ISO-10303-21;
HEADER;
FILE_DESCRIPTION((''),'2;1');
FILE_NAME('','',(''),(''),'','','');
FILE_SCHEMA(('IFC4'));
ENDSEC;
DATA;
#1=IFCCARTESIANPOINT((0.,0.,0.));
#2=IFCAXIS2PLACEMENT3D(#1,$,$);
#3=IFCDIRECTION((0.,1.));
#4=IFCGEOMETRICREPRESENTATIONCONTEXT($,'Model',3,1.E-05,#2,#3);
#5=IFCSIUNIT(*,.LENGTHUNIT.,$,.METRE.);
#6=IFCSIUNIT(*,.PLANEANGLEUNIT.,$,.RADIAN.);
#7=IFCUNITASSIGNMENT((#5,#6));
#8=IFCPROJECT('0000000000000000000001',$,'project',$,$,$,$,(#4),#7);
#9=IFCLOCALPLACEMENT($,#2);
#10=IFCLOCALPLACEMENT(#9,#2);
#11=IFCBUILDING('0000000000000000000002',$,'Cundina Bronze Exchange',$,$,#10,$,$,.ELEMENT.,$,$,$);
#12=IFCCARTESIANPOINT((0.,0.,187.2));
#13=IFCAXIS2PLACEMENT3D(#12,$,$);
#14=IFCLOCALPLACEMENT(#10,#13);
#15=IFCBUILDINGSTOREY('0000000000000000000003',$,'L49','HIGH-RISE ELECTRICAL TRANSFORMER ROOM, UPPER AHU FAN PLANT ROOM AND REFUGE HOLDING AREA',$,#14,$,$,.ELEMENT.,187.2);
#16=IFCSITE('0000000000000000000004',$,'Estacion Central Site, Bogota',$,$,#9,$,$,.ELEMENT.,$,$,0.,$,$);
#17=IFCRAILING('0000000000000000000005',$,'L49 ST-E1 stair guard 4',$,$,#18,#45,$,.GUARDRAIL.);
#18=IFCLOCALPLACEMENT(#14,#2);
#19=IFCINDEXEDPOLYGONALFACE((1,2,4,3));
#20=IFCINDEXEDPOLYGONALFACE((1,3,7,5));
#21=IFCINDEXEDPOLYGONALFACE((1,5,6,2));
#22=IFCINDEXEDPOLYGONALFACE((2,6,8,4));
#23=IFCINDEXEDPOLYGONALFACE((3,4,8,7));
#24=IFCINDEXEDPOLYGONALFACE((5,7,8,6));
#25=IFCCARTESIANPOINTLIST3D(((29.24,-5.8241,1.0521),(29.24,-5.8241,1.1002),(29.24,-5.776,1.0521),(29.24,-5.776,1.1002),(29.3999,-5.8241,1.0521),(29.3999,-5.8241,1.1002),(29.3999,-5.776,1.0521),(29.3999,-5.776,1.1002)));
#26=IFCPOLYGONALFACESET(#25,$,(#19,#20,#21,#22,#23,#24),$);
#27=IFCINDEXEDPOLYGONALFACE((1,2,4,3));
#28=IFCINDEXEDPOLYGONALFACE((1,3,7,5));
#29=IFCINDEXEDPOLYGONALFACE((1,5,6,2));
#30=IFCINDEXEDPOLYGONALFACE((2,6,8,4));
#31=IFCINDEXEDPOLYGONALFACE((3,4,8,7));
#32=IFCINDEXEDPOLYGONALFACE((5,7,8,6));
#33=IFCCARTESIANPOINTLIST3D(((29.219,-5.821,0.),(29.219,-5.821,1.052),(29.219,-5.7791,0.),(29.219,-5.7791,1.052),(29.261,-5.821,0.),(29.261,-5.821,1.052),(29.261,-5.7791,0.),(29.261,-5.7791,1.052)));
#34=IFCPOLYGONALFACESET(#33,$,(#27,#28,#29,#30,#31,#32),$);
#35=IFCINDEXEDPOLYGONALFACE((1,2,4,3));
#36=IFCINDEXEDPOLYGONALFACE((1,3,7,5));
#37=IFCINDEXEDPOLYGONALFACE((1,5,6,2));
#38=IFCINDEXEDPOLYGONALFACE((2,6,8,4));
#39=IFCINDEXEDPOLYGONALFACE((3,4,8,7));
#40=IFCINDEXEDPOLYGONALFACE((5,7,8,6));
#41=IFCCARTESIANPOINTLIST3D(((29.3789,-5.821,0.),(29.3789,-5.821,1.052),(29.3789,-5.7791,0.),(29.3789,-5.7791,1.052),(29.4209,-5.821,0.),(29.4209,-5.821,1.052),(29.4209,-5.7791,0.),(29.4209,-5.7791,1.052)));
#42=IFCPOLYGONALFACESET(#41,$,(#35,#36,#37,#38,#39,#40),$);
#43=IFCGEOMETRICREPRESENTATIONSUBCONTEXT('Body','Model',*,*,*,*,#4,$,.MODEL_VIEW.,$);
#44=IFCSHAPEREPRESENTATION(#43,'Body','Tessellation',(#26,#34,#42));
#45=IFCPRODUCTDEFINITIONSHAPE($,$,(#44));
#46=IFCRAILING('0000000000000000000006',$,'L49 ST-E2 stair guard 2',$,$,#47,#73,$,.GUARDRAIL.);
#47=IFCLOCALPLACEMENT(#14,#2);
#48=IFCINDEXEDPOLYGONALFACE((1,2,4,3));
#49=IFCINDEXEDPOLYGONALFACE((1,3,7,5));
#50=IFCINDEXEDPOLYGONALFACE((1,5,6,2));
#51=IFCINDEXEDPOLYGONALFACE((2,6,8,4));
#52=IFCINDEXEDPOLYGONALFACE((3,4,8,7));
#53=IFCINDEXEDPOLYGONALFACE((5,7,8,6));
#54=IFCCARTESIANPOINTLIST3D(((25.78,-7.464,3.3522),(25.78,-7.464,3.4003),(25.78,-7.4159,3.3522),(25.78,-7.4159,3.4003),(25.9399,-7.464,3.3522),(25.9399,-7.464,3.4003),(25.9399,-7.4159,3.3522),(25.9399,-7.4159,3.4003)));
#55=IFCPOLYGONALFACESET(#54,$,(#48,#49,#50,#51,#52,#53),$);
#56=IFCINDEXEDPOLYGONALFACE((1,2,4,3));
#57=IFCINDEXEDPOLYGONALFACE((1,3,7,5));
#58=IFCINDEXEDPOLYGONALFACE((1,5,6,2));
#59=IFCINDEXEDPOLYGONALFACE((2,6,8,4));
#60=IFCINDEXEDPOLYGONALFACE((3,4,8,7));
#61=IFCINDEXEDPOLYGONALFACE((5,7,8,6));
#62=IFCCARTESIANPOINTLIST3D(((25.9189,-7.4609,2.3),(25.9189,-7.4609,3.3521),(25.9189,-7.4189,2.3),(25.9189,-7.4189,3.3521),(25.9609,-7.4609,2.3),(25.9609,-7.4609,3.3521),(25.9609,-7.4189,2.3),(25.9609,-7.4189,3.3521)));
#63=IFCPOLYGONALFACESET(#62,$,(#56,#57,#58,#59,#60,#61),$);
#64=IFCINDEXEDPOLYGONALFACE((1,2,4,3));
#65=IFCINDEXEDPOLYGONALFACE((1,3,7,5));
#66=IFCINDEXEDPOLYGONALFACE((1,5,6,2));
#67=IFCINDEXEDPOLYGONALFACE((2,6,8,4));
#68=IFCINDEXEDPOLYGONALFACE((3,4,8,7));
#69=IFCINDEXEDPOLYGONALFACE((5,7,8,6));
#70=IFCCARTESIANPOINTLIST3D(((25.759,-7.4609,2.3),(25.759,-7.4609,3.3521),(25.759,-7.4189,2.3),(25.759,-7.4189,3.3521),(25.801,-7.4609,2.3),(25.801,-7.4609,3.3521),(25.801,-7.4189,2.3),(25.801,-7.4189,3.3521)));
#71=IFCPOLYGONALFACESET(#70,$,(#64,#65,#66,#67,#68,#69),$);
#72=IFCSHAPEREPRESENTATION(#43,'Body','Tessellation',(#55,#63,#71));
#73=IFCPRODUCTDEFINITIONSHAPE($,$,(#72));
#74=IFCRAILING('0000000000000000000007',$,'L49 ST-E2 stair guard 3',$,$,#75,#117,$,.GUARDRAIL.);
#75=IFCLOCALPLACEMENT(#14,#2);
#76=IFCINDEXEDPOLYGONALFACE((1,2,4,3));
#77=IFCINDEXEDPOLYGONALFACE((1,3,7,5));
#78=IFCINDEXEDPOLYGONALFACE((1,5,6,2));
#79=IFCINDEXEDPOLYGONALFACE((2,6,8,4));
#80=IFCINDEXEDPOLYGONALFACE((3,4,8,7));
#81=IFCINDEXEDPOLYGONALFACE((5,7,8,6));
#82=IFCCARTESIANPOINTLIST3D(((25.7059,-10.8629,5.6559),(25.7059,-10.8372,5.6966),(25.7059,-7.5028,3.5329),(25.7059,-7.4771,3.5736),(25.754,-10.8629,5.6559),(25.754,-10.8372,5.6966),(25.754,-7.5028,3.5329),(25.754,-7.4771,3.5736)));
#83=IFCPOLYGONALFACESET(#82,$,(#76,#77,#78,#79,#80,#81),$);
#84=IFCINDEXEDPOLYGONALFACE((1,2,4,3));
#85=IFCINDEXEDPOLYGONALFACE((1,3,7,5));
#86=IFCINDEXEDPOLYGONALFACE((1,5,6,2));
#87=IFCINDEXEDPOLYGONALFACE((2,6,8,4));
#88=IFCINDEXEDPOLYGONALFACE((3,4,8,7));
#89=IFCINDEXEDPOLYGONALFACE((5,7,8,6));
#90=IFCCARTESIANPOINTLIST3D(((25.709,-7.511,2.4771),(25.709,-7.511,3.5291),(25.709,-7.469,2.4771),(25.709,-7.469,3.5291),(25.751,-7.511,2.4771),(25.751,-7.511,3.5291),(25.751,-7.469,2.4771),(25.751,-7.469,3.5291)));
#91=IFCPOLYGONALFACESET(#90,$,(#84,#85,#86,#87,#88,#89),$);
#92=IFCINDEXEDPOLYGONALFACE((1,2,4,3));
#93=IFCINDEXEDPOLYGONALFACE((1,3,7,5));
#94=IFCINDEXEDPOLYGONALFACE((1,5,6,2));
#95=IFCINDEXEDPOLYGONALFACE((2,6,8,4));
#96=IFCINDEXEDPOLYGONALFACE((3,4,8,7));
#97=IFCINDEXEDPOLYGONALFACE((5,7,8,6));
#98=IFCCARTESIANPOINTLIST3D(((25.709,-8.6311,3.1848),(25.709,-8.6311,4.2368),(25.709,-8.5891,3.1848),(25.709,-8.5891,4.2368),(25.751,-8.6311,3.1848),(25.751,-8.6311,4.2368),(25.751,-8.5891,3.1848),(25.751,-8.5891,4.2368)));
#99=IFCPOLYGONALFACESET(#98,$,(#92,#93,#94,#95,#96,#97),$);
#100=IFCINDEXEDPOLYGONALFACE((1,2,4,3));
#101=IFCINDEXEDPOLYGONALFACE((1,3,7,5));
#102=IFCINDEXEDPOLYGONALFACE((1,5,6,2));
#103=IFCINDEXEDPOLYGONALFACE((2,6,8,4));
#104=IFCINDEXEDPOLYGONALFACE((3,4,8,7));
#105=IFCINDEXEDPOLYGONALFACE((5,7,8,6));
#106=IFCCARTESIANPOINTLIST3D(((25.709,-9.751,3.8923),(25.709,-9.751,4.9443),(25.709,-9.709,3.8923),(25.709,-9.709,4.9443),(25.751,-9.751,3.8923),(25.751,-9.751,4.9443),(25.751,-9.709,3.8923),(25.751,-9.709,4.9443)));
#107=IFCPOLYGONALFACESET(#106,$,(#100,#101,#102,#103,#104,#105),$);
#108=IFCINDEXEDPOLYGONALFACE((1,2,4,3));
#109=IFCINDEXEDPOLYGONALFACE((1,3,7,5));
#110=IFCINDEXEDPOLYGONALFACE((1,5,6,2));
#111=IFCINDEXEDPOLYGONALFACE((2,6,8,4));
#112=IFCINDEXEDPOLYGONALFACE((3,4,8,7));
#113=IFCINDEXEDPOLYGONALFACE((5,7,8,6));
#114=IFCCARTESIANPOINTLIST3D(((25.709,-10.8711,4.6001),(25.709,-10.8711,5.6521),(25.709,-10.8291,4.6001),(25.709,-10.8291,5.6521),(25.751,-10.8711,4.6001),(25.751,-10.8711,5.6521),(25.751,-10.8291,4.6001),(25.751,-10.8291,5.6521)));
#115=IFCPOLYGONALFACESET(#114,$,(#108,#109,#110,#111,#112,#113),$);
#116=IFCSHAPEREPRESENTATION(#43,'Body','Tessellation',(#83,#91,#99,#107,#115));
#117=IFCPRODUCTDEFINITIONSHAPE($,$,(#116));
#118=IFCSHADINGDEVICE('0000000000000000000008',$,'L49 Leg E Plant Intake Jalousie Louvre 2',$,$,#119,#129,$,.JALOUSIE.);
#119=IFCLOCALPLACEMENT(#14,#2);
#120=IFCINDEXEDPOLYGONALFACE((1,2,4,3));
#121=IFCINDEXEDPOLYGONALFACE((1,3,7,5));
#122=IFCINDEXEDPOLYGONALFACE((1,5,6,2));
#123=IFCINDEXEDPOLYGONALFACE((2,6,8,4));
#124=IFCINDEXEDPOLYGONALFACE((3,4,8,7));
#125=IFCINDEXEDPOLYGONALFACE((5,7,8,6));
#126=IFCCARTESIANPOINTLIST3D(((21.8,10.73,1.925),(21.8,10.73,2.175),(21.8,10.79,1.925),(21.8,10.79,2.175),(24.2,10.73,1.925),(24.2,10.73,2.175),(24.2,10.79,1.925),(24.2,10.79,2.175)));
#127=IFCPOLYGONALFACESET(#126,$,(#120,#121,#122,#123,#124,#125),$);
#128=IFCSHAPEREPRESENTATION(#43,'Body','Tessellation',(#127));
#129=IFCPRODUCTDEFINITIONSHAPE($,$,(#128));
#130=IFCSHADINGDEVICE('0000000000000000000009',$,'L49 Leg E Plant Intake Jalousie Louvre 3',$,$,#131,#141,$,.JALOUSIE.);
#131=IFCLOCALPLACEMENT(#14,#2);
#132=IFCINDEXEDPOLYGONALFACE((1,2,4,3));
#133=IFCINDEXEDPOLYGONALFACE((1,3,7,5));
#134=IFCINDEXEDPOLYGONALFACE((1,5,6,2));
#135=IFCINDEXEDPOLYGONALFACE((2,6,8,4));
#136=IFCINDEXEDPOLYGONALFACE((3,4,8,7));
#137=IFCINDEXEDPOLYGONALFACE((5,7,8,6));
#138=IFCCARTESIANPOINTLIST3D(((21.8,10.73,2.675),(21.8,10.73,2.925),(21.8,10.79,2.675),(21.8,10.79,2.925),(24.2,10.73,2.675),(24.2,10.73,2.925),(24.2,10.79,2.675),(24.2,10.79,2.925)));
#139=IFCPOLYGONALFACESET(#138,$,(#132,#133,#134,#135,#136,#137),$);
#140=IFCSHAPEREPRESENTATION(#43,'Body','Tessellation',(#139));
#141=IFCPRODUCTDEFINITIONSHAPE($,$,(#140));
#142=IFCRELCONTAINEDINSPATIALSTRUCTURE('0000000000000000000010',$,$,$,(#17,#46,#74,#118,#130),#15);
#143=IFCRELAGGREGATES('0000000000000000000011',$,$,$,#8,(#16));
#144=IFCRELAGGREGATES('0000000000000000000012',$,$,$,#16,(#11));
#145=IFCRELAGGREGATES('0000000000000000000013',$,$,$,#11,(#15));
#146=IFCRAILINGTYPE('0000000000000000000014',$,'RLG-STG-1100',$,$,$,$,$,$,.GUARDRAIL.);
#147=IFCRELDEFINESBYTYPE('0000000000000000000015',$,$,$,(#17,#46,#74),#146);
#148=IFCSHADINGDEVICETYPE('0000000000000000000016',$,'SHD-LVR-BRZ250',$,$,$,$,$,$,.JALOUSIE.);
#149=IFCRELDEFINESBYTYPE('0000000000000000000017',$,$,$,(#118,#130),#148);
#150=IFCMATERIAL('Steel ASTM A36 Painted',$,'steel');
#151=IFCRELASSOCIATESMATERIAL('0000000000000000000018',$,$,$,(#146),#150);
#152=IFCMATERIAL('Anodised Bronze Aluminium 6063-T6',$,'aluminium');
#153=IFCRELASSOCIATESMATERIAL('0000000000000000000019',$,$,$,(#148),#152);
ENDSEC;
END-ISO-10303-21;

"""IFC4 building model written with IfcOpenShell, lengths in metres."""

from ifc_helpers import new_model, si_unit, direction, frame, origin, origin_2d, place, context, subcontext, project, spatial, rectangle, extrude, material, material_profile, profile_set, type_object, element, save


model = new_model("IFC4")

# Units and contexts
model_context = context("Model", 3, precision=1e-05, world=origin(), true_north=direction((0.0, 1.0)))
body_context = subcontext(model_context, "Body", "Model", "MODEL_VIEW")
ifc_project = project(units=[si_unit("LENGTHUNIT", "METRE"), si_unit("PLANEANGLEUNIT", "RADIAN")], contexts=[model_context])

# Site, building, storey
site_placement = place(None, origin())
site = spatial("IfcSite", under=ifc_project, at=site_placement, Name="Estacion Central Site, Bogota", CompositionType="ELEMENT", RefElevation=0.0)
building_placement = place(site_placement, origin())
building = spatial("IfcBuilding", under=site, at=building_placement, Name="Cundina Bronze Exchange", CompositionType="ELEMENT")
storey_placement = place(building_placement, frame((0.0, 0.0, 187.2)))
storey = spatial("IfcBuildingStorey", under=building, at=storey_placement, Name="L49", Description="HIGH-RISE ELECTRICAL TRANSFORMER ROOM, UPPER AHU FAN PLANT ROOM AND REFUGE HOLDING AREA", CompositionType="ELEMENT", Elevation=187.2)

# Shared definitions
ifc_material_1 = material(Name="Steel ASTM A36 Painted", Category="steel")

# Railings
ifc_material_2 = material(Name="Anodised Bronze Aluminium 6063-T6", Category="aluminium")
railing_type_1 = type_object("IfcRailingType", Name="RLG-STG-1100", PredefinedType="GUARDRAIL", material=ifc_material_1)
railing_1_placement = place(storey_placement, frame((29.24, -5.8, 0.0)))
element("IfcRailing", 1, at=railing_1_placement, inside=storey, type_object=railing_type_1, Name="L49 ST-E1 stair guard 4", PredefinedType="GUARDRAIL", context=body_context, shape_type="SweptSolid", body=[
    extrude(rectangle(XDim=0.0481, YDim=0.0481, at=origin_2d()), frame((0.0, 0.0, 1.0762), z_axis=(1.0, 0.0, 0.0), x_axis=(0.0, 1.0, 0.0)), (0.0, 0.0, 1.0), 0.1599),
    extrude(rectangle(XDim=0.042, YDim=0.042, at=origin_2d()), origin(), (0.0, 0.0, 1.0), 1.052),
    extrude(rectangle(XDim=0.042, YDim=0.042, at=origin_2d()), frame((0.1599, 0.0, 0.0)), (0.0, 0.0, 1.0), 1.052),
])
railing_2_placement = place(storey_placement, frame((25.9399, -7.4399, 2.3)))
element("IfcRailing", 2, at=railing_2_placement, inside=storey, type_object=railing_type_1, Name="L49 ST-E2 stair guard 2", PredefinedType="GUARDRAIL", context=body_context, shape_type="SweptSolid", body=[
    extrude(rectangle(XDim=0.0481, YDim=0.0481, at=origin_2d()), frame((0.0, 0.0, 1.0762), z_axis=(-1.0, 0.0, 0.0), x_axis=(0.0, -1.0, 0.0)), (0.0, 0.0, 1.0), 0.1599),
    extrude(rectangle(XDim=0.042, YDim=0.042, at=origin_2d()), origin(), (0.0, 0.0, 1.0), 1.052),
    extrude(rectangle(XDim=0.042, YDim=0.042, at=origin_2d()), frame((-0.1599, 0.0, 0.0)), (0.0, 0.0, 1.0), 1.052),
])
railing_3_placement = place(storey_placement, frame((25.73, -7.49, 2.4771)))
element("IfcRailing", 3, at=railing_3_placement, inside=storey, type_object=railing_type_1, Name="L49 ST-E2 stair guard 3", PredefinedType="GUARDRAIL", context=body_context, shape_type="SweptSolid", body=[
    extrude(rectangle(XDim=0.0481, YDim=0.0481, at=origin_2d()), frame((0.0, 0.0, 1.0762), z_axis=(0.0, -0.84539, 0.53415), x_axis=(1.0, 0.0, 0.0)), (0.0, 0.0, 1.0), 3.9746),
    extrude(rectangle(XDim=0.042, YDim=0.042, at=origin_2d()), origin(), (0.0, 0.0, 1.0), 1.052),
    extrude(rectangle(XDim=0.042, YDim=0.042, at=origin_2d()), frame((0.0, -1.1201, 0.7078)), (0.0, 0.0, 1.0), 1.052),
    extrude(rectangle(XDim=0.042, YDim=0.042, at=origin_2d()), frame((0.0, -2.24, 1.4153)), (0.0, 0.0, 1.0), 1.052),
    extrude(rectangle(XDim=0.042, YDim=0.042, at=origin_2d()), frame((0.0, -3.3601, 2.123)), (0.0, 0.0, 1.0), 1.052),
])

# Shading devices
ifc_material_profile_1 = material_profile(ifc_material_2, rectangle(XDim=0.0601, YDim=0.25, at=origin_2d()), Name="LVR60X250", Category="aluminium")
ifc_profile_set_1 = profile_set([ifc_material_profile_1], Name="Anodised Bronze Aluminium 6063-T6")
shading_device_type = type_object("IfcShadingDeviceType", Name="SHD-LVR-BRZ250", PredefinedType="JALOUSIE", material=ifc_profile_set_1)
for number, where, z_axis, x_axis, name in (
    (4, (21.8, 10.76, 2.05), (1.0, 0.0, 0.0), (0.0, 1.0, 0.0), "L49 Leg E Plant Intake Jalousie Louvre 2"),
    (5, (21.8, 10.76, 2.8), (1.0, 0.0, 0.0), (0.0, 1.0, 0.0), "L49 Leg E Plant Intake Jalousie Louvre 3"),
):
    element("IfcShadingDevice", number, at=place(storey_placement, frame(where, z_axis=z_axis, x_axis=x_axis)), inside=storey, type_object=shading_device_type, Name=name, PredefinedType="JALOUSIE", context=body_context, shape_type="SweptSolid", body=[
        extrude(rectangle(XDim=0.0601, YDim=0.25, at=origin_2d()), origin(), (0.0, 0.0, 1.0), 2.3999),
    ])

save(model, "model.ifc")
